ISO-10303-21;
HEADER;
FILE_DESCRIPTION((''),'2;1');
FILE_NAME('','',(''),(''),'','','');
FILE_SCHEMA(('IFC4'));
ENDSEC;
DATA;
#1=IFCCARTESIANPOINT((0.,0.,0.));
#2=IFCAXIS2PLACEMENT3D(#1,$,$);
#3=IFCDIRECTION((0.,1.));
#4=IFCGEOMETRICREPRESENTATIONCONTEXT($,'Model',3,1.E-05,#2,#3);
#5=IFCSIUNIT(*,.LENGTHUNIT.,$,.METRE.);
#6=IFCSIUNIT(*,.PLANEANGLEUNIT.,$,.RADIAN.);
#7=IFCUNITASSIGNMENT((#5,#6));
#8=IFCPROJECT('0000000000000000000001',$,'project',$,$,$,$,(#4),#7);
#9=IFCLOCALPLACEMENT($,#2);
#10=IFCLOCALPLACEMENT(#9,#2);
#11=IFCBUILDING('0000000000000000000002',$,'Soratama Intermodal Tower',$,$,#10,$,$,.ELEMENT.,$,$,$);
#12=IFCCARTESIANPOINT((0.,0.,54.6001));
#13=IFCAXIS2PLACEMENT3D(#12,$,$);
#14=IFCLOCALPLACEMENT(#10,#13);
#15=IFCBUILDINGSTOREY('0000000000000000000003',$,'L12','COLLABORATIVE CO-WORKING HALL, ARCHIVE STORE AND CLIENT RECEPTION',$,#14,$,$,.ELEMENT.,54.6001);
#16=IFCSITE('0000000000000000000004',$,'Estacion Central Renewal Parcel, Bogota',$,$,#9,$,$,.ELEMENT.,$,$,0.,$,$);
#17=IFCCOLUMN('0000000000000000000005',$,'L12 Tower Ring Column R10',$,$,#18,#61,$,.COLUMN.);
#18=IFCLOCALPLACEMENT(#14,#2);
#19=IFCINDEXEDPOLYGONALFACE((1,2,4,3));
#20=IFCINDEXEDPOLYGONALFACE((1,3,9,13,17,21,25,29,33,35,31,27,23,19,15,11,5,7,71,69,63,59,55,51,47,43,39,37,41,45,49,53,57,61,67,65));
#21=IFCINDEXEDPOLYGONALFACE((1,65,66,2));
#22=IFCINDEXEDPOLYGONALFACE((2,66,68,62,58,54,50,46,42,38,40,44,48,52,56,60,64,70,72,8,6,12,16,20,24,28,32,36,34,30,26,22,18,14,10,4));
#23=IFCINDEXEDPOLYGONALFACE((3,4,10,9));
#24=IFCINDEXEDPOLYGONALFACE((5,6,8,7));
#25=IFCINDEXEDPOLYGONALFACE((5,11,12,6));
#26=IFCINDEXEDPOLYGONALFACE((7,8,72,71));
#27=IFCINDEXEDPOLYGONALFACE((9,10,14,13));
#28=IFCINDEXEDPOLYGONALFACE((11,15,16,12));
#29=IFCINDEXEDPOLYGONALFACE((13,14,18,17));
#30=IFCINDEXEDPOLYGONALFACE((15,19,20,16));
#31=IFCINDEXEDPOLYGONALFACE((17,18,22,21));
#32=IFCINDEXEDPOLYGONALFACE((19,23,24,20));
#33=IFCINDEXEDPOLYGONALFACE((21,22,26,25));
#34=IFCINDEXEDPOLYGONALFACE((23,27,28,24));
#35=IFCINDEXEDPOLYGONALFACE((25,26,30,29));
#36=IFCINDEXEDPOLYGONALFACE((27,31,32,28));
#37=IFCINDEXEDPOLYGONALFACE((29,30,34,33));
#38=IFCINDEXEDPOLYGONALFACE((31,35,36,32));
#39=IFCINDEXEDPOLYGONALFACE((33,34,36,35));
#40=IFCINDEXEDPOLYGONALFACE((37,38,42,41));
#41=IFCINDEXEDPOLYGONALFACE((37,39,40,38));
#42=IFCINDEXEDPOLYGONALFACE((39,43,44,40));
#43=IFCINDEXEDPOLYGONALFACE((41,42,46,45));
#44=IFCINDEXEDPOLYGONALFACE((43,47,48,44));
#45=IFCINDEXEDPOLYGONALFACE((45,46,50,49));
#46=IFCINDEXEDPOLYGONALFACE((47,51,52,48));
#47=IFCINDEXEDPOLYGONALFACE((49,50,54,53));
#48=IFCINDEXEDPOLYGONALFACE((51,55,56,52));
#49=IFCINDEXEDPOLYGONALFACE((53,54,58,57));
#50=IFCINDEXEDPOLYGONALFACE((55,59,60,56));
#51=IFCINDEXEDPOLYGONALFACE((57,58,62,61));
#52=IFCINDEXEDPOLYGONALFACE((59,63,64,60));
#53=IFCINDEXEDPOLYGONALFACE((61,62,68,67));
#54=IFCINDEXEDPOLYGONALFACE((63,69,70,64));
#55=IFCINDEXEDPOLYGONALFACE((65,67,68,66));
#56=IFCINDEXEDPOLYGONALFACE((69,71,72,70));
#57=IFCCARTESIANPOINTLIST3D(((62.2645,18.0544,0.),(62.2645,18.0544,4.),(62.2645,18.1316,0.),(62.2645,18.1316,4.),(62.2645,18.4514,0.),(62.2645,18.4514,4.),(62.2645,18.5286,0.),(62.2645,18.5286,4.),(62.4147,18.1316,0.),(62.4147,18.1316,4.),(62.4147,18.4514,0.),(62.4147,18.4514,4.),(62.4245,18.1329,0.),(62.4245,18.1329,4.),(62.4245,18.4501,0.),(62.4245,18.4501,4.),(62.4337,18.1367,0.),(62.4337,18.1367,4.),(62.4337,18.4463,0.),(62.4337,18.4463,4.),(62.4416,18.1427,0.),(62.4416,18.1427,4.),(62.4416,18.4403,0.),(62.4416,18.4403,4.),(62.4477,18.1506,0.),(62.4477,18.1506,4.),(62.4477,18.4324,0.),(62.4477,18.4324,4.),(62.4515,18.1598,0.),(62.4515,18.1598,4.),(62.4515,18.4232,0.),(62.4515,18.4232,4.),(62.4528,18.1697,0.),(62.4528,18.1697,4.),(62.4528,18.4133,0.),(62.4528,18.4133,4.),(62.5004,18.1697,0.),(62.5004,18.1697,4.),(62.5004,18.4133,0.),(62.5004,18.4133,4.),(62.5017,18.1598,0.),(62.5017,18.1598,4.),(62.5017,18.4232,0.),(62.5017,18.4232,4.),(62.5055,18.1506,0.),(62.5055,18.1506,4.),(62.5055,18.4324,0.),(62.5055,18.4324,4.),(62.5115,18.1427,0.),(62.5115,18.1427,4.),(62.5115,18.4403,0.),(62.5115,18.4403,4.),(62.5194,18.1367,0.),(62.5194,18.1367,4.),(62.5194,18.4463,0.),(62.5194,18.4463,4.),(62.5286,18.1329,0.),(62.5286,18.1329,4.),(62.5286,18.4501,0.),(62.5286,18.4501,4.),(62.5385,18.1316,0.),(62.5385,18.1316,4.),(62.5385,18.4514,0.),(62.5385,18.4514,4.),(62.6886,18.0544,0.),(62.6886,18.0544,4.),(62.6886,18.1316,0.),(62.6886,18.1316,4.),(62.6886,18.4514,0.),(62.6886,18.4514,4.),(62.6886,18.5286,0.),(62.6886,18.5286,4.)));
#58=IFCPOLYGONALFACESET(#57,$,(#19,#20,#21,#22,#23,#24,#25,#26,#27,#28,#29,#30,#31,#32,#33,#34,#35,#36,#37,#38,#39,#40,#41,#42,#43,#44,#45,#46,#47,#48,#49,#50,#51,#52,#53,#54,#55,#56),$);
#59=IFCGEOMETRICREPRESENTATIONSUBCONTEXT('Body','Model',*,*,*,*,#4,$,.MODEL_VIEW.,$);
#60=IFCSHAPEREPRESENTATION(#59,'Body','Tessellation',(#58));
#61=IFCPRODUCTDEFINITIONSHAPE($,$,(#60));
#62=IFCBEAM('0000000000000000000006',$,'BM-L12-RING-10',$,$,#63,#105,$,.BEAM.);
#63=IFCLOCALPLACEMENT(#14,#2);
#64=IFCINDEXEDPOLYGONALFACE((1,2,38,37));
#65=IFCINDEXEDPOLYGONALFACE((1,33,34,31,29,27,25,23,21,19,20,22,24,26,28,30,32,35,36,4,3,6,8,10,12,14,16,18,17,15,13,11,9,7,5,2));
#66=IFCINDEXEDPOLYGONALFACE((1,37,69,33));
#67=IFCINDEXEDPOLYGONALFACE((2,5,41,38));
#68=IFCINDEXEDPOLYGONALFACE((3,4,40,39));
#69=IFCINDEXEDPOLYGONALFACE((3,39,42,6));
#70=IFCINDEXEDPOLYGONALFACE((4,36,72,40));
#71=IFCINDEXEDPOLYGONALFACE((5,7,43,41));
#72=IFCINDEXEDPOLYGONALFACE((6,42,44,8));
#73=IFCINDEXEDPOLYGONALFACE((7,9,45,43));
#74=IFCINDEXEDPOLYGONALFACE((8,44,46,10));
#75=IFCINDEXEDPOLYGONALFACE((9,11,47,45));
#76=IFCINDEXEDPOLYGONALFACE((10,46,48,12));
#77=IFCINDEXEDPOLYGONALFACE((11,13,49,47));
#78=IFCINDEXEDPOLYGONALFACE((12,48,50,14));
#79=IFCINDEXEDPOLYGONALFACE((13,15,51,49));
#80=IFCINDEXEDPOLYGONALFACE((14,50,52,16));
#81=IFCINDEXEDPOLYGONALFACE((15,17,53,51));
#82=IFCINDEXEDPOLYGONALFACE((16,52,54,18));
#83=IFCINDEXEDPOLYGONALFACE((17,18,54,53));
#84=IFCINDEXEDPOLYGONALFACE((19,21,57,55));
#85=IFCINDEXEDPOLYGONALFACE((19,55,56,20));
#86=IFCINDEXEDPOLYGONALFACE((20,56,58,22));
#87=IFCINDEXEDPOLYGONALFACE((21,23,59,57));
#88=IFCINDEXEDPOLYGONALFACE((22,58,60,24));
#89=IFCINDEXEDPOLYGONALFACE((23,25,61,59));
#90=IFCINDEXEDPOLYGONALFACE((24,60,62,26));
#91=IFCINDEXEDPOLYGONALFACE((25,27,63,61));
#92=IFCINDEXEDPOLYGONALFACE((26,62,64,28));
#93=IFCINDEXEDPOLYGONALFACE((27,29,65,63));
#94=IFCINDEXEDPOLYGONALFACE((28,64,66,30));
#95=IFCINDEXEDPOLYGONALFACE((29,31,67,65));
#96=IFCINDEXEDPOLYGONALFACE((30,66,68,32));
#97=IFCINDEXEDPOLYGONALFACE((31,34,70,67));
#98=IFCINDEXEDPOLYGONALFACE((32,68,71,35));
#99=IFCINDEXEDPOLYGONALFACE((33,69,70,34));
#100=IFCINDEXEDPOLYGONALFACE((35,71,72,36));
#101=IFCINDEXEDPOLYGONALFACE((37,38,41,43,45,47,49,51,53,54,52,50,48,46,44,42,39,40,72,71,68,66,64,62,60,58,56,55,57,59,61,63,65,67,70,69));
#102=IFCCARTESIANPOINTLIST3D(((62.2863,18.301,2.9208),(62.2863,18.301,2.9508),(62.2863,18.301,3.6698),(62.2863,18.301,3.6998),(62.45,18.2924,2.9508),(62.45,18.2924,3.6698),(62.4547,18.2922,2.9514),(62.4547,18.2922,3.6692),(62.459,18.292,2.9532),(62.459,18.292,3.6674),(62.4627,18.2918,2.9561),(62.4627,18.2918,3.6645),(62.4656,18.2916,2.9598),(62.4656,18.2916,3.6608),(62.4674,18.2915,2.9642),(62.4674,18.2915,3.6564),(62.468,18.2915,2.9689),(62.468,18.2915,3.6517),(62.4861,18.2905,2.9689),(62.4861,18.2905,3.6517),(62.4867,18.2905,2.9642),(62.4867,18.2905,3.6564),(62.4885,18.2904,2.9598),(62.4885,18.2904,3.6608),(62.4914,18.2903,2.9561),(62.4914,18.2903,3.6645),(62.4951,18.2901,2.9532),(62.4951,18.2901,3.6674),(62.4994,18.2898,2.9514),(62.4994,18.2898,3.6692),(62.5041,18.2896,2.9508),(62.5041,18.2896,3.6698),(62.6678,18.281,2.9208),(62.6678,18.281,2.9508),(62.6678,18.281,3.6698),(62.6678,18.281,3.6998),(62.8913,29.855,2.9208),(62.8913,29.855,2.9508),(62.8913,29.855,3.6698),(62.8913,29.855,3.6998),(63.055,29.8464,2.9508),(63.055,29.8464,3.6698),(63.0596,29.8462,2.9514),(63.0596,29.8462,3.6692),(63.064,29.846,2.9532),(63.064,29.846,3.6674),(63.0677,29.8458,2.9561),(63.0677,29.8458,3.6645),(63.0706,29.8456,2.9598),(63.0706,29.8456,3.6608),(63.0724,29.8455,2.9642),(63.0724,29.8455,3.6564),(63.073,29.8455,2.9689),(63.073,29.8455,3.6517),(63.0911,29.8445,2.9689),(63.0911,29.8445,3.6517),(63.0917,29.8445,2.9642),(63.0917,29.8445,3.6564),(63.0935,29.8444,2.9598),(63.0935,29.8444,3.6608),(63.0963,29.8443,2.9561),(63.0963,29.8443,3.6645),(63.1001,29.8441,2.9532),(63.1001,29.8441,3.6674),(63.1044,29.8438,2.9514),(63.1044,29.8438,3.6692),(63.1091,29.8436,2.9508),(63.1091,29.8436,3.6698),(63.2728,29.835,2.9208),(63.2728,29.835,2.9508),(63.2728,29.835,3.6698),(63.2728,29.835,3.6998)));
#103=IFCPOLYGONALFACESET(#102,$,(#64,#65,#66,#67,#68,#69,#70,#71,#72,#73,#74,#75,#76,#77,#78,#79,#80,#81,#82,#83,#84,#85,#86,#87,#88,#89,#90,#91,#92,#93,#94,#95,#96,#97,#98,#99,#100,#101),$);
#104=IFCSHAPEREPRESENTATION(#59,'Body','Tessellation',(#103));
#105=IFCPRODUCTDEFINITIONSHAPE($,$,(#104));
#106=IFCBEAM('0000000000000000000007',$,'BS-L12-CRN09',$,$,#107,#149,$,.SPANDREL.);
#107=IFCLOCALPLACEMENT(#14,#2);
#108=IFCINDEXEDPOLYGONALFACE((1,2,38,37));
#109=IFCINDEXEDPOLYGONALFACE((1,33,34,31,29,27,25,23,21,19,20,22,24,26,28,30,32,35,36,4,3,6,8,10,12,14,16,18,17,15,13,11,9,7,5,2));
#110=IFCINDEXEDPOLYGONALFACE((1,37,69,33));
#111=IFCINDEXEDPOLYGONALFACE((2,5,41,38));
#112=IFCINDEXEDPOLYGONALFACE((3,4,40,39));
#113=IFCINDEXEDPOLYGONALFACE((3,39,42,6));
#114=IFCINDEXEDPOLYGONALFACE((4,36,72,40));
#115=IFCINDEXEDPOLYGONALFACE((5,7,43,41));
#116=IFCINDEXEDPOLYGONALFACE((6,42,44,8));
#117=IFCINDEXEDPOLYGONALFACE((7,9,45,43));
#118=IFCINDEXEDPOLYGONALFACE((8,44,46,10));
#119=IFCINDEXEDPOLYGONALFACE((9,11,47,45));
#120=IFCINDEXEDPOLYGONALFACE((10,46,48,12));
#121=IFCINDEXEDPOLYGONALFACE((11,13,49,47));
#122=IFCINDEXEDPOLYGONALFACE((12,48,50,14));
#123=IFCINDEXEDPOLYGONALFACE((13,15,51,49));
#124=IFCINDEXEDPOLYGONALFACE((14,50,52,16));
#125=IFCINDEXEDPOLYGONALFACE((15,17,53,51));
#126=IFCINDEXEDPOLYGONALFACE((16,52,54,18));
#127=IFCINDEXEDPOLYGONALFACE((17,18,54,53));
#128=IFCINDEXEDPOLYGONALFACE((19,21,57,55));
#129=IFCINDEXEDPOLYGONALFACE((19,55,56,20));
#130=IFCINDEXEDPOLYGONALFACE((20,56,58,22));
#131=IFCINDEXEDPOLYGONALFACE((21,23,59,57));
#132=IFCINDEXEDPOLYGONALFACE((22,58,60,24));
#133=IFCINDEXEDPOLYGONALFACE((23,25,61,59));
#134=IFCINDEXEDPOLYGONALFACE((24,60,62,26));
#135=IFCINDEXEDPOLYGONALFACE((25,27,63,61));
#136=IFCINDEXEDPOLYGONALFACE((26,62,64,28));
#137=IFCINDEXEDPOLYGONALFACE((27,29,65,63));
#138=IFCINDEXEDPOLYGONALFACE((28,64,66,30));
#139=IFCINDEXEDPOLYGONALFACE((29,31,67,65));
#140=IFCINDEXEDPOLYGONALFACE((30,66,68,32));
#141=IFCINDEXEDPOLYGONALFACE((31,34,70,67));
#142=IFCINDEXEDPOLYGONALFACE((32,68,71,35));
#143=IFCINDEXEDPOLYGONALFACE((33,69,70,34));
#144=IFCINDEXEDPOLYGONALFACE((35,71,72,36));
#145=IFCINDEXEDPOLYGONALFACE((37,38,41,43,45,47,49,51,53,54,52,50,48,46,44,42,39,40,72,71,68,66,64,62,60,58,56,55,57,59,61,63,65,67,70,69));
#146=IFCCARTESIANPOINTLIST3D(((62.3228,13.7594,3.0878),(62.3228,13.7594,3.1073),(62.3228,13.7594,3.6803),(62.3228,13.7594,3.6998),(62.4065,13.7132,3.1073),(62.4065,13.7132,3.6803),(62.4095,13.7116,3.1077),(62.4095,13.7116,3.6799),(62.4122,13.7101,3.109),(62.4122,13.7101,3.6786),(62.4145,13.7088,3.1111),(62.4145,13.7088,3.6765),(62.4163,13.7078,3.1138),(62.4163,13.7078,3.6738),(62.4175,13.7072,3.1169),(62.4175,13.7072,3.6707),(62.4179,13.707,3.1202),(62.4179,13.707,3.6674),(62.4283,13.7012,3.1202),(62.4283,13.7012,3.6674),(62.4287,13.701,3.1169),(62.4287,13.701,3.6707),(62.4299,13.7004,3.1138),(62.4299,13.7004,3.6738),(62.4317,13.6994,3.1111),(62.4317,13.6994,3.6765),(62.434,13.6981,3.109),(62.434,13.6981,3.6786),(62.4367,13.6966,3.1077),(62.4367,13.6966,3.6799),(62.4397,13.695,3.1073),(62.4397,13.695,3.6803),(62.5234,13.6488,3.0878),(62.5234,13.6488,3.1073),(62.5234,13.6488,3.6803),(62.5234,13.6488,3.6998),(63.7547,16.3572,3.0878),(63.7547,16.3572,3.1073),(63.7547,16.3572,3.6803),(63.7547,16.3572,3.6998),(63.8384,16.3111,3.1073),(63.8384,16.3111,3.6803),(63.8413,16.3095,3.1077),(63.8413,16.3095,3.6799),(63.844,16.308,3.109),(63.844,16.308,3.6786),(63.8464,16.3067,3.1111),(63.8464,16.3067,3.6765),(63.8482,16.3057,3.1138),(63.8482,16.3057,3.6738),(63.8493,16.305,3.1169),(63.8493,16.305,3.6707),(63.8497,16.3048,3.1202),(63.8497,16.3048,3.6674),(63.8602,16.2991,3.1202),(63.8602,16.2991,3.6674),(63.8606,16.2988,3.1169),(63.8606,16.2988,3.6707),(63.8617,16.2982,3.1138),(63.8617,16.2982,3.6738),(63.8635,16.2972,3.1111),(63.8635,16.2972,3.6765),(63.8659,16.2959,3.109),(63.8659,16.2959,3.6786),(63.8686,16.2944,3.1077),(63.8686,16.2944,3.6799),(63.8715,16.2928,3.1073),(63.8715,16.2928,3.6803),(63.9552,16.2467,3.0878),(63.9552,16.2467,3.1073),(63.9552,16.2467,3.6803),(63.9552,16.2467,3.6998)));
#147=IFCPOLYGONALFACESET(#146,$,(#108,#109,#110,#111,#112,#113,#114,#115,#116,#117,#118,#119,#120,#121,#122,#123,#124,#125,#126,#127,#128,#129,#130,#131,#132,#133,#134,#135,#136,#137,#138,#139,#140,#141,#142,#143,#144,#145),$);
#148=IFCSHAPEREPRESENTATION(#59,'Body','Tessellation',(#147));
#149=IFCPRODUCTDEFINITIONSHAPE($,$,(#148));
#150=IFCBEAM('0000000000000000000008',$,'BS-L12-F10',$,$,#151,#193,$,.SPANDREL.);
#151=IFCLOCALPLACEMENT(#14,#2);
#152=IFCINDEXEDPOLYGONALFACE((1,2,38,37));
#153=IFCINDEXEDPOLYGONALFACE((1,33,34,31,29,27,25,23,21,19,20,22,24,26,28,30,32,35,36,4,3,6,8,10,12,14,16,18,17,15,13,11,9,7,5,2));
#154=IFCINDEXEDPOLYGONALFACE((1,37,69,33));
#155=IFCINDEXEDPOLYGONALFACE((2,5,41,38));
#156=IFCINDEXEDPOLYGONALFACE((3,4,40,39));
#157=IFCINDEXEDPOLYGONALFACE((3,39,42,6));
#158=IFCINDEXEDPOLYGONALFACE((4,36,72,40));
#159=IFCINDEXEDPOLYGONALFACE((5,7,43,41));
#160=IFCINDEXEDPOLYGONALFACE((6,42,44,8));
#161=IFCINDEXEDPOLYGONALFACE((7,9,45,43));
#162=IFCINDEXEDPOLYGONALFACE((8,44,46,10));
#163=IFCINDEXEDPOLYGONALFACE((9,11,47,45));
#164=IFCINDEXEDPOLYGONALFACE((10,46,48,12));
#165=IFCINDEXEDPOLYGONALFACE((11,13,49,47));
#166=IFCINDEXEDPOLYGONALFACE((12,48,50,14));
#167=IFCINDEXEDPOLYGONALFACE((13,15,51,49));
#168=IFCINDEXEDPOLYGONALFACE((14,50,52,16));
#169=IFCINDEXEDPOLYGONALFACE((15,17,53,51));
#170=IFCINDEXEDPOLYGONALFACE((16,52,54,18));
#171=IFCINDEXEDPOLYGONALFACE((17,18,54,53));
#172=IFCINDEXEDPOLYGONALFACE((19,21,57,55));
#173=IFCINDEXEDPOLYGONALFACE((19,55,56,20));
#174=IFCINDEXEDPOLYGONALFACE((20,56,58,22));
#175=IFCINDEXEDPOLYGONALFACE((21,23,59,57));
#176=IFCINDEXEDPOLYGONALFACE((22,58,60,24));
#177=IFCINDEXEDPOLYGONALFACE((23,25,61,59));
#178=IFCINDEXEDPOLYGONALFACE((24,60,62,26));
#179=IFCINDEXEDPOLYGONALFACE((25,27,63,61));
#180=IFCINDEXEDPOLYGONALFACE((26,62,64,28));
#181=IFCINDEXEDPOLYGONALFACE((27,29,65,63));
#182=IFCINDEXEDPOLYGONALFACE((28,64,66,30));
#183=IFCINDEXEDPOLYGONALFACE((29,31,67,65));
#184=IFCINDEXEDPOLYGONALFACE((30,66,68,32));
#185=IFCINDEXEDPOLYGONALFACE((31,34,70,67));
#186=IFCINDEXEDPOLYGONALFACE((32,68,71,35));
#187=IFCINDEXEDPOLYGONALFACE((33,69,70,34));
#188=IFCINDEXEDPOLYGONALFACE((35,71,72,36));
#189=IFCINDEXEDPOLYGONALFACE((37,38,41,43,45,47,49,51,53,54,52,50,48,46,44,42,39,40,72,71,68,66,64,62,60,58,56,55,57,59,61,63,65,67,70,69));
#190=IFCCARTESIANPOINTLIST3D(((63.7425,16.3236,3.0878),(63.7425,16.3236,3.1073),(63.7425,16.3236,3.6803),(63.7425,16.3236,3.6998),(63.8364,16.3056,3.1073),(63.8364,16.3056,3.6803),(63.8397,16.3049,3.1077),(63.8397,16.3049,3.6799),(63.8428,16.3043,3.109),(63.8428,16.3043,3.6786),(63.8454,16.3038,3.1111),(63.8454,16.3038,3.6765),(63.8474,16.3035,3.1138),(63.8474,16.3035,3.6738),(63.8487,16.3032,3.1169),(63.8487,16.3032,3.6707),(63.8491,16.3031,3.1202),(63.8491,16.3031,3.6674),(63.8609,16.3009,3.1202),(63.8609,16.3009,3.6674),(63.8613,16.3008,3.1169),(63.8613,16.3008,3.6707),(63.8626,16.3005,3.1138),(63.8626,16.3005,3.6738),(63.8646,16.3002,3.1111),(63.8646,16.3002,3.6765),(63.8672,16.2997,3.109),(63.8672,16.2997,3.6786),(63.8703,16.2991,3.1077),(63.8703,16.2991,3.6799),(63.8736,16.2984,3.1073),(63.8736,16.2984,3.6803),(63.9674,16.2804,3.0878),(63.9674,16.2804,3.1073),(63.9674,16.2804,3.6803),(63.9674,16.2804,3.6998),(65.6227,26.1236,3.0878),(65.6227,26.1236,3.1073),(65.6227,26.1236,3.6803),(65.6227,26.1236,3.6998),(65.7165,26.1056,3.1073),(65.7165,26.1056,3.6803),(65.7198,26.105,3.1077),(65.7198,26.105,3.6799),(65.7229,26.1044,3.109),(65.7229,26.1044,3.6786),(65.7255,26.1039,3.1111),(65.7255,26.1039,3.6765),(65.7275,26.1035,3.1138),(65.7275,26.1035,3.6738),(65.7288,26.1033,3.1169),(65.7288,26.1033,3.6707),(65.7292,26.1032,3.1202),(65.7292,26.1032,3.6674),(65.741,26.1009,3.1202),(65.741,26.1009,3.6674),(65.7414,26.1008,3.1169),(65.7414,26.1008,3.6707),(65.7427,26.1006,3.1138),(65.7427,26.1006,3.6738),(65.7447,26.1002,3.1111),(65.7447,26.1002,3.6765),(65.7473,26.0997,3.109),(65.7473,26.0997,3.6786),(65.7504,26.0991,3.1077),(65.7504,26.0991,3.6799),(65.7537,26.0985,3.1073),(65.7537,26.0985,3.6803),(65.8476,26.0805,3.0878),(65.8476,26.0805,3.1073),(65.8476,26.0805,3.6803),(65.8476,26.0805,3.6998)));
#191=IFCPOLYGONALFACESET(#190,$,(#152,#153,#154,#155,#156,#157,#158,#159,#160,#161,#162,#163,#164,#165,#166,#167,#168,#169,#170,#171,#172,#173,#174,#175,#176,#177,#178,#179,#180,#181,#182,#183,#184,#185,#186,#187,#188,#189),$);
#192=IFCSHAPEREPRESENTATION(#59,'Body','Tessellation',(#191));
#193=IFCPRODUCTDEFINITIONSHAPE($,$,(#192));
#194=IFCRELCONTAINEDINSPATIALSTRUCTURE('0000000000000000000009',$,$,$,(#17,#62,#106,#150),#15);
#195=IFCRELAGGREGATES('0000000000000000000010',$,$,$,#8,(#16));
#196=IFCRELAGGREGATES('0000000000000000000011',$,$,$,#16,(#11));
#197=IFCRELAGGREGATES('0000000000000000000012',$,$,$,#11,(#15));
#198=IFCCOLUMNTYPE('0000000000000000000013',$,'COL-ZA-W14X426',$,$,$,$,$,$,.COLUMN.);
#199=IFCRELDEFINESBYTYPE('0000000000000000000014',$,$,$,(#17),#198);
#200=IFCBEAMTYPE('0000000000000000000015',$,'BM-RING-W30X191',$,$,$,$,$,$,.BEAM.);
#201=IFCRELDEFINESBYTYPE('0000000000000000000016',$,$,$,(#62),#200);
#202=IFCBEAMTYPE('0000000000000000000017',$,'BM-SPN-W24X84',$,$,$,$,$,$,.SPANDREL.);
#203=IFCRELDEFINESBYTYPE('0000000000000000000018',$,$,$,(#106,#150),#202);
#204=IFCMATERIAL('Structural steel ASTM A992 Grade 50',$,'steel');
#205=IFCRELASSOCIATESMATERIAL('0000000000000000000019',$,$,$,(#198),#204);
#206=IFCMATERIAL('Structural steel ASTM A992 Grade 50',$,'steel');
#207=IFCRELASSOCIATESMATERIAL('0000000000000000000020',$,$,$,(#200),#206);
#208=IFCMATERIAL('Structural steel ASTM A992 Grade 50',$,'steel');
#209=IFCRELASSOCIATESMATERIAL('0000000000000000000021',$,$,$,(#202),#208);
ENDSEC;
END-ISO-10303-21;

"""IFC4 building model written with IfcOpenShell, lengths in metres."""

from ifc_helpers import new_model, si_unit, direction, frame, origin, origin_2d, place, context, subcontext, project, spatial, i_section, extrude, material, material_profile, profile_set, type_object, element, save


model = new_model("IFC4")

# Units and contexts
model_context = context("Model", 3, precision=1e-05, world=origin(), true_north=direction((0.0, 1.0)))
body_context = subcontext(model_context, "Body", "Model", "MODEL_VIEW")
ifc_project = project(units=[si_unit("LENGTHUNIT", "METRE"), si_unit("PLANEANGLEUNIT", "RADIAN")], contexts=[model_context])

# Site, building, storey
site_placement = place(None, origin())
site = spatial("IfcSite", under=ifc_project, at=site_placement, Name="Estacion Central Renewal Parcel, Bogota", CompositionType="ELEMENT", RefElevation=0.0)
building_placement = place(site_placement, origin())
building = spatial("IfcBuilding", under=site, at=building_placement, Name="Soratama Intermodal Tower", CompositionType="ELEMENT")
storey_placement = place(building_placement, frame((0.0, 0.0, 54.6001)))
storey = spatial("IfcBuildingStorey", under=building, at=storey_placement, Name="L12", Description="COLLABORATIVE CO-WORKING HALL, ARCHIVE STORE AND CLIENT RECEPTION", CompositionType="ELEMENT", Elevation=54.6001)

# Column
ifc_material_1 = material(Name="Structural steel ASTM A992 Grade 50", Category="steel")
ifc_material_profile_1 = material_profile(ifc_material_1, i_section(OverallWidth=0.4241, OverallDepth=0.4741, WebThickness=0.0476, FlangeThickness=0.0771, FilletRadius=0.0381, at=origin_2d()), Name="W14X426")
ifc_profile_set_1 = profile_set([ifc_material_profile_1], Name="Structural steel ASTM A992 Grade 50")
column_type = type_object("IfcColumnType", Name="COL-ZA-W14X426", PredefinedType="COLUMN", material=ifc_profile_set_1)
column_placement = place(storey_placement, frame((62.4766, 18.2915, 0.0), z_axis=(0.0, 0.0, 1.0), x_axis=(1.0, 0.0, 0.0)))
element("IfcColumn", 1, at=column_placement, inside=storey, type_object=column_type, Name="L12 Tower Ring Column R10", PredefinedType="COLUMN", context=body_context, shape_type="SweptSolid", body=[
    extrude(i_section(OverallWidth=0.4241, OverallDepth=0.4741, WebThickness=0.0476, FlangeThickness=0.0771, FilletRadius=0.0381, at=origin_2d()), origin(), (0.0, 0.0, 1.0), 4.0),
])

# Beams
ifc_material_2 = material(Name="Structural steel ASTM A992 Grade 50", Category="steel")
ifc_material_profile_2 = material_profile(ifc_material_2, i_section(OverallWidth=0.3821, OverallDepth=0.7791, WebThickness=0.0181, FlangeThickness=0.03, FilletRadius=0.0181, at=origin_2d()), Name="W30X191")
ifc_profile_set_2 = profile_set([ifc_material_profile_2], Name="Structural steel ASTM A992 Grade 50")
beam_type_1 = type_object("IfcBeamType", Name="BM-RING-W30X191", PredefinedType="BEAM", material=ifc_profile_set_2)
beam_1_placement = place(storey_placement, frame((62.4771, 18.291, 3.3103), z_axis=(0.05229, 0.998632, 0.0), x_axis=(-0.998632, 0.05229, 0.0)))
element("IfcBeam", 2, at=beam_1_placement, inside=storey, type_object=beam_type_1, Name="BM-L12-RING-10", PredefinedType="BEAM", context=body_context, shape_type="SweptSolid", body=[
    extrude(i_section(OverallWidth=0.3821, OverallDepth=0.7791, WebThickness=0.0181, FlangeThickness=0.03, FilletRadius=0.0181, at=origin_2d()), origin(), (0.0, 0.0, 1.0), 11.5698),
])
ifc_material_3 = material(Name="Structural steel ASTM A992 Grade 50", Category="steel")
ifc_material_profile_3 = material_profile(ifc_material_3, i_section(OverallWidth=0.229, OverallDepth=0.6121, WebThickness=0.012, FlangeThickness=0.0195, FilletRadius=0.0129, at=origin_2d()), Name="W24X84")
ifc_profile_set_3 = profile_set([ifc_material_profile_3], Name="Structural steel ASTM A992 Grade 50")
beam_type_2 = type_object("IfcBeamType", Name="BM-SPN-W24X84", PredefinedType="SPANDREL", material=ifc_profile_set_3)
beam_2_placement = place(storey_placement, frame((62.4231, 13.7041, 3.3938), z_axis=(0.482705, 0.875783, 0.0), x_axis=(-0.875783, 0.482705, 0.0)))
element("IfcBeam", 3, at=beam_2_placement, inside=storey, type_object=beam_type_2, Name="BS-L12-CRN09", PredefinedType="SPANDREL", context=body_context, shape_type="SweptSolid", body=[
    extrude(i_section(OverallWidth=0.229, OverallDepth=0.6121, WebThickness=0.012, FlangeThickness=0.0195, FilletRadius=0.0129, at=origin_2d()), origin(), (0.0, 0.0, 1.0), 2.9663),
])
beam_3_placement = place(storey_placement, frame((63.855, 16.302, 3.3938), z_axis=(0.188413, 0.98209, 0.0), x_axis=(-0.98209, 0.188413, 0.0)))
element("IfcBeam", 4, at=beam_3_placement, inside=storey, type_object=beam_type_2, Name="BS-L12-F10", PredefinedType="SPANDREL", context=body_context, shape_type="SweptSolid", body=[
    extrude(i_section(OverallWidth=0.229, OverallDepth=0.6121, WebThickness=0.012, FlangeThickness=0.0195, FilletRadius=0.0129, at=origin_2d()), origin(), (0.0, 0.0, 1.0), 9.9788),
])

save(model, "model.ifc")
